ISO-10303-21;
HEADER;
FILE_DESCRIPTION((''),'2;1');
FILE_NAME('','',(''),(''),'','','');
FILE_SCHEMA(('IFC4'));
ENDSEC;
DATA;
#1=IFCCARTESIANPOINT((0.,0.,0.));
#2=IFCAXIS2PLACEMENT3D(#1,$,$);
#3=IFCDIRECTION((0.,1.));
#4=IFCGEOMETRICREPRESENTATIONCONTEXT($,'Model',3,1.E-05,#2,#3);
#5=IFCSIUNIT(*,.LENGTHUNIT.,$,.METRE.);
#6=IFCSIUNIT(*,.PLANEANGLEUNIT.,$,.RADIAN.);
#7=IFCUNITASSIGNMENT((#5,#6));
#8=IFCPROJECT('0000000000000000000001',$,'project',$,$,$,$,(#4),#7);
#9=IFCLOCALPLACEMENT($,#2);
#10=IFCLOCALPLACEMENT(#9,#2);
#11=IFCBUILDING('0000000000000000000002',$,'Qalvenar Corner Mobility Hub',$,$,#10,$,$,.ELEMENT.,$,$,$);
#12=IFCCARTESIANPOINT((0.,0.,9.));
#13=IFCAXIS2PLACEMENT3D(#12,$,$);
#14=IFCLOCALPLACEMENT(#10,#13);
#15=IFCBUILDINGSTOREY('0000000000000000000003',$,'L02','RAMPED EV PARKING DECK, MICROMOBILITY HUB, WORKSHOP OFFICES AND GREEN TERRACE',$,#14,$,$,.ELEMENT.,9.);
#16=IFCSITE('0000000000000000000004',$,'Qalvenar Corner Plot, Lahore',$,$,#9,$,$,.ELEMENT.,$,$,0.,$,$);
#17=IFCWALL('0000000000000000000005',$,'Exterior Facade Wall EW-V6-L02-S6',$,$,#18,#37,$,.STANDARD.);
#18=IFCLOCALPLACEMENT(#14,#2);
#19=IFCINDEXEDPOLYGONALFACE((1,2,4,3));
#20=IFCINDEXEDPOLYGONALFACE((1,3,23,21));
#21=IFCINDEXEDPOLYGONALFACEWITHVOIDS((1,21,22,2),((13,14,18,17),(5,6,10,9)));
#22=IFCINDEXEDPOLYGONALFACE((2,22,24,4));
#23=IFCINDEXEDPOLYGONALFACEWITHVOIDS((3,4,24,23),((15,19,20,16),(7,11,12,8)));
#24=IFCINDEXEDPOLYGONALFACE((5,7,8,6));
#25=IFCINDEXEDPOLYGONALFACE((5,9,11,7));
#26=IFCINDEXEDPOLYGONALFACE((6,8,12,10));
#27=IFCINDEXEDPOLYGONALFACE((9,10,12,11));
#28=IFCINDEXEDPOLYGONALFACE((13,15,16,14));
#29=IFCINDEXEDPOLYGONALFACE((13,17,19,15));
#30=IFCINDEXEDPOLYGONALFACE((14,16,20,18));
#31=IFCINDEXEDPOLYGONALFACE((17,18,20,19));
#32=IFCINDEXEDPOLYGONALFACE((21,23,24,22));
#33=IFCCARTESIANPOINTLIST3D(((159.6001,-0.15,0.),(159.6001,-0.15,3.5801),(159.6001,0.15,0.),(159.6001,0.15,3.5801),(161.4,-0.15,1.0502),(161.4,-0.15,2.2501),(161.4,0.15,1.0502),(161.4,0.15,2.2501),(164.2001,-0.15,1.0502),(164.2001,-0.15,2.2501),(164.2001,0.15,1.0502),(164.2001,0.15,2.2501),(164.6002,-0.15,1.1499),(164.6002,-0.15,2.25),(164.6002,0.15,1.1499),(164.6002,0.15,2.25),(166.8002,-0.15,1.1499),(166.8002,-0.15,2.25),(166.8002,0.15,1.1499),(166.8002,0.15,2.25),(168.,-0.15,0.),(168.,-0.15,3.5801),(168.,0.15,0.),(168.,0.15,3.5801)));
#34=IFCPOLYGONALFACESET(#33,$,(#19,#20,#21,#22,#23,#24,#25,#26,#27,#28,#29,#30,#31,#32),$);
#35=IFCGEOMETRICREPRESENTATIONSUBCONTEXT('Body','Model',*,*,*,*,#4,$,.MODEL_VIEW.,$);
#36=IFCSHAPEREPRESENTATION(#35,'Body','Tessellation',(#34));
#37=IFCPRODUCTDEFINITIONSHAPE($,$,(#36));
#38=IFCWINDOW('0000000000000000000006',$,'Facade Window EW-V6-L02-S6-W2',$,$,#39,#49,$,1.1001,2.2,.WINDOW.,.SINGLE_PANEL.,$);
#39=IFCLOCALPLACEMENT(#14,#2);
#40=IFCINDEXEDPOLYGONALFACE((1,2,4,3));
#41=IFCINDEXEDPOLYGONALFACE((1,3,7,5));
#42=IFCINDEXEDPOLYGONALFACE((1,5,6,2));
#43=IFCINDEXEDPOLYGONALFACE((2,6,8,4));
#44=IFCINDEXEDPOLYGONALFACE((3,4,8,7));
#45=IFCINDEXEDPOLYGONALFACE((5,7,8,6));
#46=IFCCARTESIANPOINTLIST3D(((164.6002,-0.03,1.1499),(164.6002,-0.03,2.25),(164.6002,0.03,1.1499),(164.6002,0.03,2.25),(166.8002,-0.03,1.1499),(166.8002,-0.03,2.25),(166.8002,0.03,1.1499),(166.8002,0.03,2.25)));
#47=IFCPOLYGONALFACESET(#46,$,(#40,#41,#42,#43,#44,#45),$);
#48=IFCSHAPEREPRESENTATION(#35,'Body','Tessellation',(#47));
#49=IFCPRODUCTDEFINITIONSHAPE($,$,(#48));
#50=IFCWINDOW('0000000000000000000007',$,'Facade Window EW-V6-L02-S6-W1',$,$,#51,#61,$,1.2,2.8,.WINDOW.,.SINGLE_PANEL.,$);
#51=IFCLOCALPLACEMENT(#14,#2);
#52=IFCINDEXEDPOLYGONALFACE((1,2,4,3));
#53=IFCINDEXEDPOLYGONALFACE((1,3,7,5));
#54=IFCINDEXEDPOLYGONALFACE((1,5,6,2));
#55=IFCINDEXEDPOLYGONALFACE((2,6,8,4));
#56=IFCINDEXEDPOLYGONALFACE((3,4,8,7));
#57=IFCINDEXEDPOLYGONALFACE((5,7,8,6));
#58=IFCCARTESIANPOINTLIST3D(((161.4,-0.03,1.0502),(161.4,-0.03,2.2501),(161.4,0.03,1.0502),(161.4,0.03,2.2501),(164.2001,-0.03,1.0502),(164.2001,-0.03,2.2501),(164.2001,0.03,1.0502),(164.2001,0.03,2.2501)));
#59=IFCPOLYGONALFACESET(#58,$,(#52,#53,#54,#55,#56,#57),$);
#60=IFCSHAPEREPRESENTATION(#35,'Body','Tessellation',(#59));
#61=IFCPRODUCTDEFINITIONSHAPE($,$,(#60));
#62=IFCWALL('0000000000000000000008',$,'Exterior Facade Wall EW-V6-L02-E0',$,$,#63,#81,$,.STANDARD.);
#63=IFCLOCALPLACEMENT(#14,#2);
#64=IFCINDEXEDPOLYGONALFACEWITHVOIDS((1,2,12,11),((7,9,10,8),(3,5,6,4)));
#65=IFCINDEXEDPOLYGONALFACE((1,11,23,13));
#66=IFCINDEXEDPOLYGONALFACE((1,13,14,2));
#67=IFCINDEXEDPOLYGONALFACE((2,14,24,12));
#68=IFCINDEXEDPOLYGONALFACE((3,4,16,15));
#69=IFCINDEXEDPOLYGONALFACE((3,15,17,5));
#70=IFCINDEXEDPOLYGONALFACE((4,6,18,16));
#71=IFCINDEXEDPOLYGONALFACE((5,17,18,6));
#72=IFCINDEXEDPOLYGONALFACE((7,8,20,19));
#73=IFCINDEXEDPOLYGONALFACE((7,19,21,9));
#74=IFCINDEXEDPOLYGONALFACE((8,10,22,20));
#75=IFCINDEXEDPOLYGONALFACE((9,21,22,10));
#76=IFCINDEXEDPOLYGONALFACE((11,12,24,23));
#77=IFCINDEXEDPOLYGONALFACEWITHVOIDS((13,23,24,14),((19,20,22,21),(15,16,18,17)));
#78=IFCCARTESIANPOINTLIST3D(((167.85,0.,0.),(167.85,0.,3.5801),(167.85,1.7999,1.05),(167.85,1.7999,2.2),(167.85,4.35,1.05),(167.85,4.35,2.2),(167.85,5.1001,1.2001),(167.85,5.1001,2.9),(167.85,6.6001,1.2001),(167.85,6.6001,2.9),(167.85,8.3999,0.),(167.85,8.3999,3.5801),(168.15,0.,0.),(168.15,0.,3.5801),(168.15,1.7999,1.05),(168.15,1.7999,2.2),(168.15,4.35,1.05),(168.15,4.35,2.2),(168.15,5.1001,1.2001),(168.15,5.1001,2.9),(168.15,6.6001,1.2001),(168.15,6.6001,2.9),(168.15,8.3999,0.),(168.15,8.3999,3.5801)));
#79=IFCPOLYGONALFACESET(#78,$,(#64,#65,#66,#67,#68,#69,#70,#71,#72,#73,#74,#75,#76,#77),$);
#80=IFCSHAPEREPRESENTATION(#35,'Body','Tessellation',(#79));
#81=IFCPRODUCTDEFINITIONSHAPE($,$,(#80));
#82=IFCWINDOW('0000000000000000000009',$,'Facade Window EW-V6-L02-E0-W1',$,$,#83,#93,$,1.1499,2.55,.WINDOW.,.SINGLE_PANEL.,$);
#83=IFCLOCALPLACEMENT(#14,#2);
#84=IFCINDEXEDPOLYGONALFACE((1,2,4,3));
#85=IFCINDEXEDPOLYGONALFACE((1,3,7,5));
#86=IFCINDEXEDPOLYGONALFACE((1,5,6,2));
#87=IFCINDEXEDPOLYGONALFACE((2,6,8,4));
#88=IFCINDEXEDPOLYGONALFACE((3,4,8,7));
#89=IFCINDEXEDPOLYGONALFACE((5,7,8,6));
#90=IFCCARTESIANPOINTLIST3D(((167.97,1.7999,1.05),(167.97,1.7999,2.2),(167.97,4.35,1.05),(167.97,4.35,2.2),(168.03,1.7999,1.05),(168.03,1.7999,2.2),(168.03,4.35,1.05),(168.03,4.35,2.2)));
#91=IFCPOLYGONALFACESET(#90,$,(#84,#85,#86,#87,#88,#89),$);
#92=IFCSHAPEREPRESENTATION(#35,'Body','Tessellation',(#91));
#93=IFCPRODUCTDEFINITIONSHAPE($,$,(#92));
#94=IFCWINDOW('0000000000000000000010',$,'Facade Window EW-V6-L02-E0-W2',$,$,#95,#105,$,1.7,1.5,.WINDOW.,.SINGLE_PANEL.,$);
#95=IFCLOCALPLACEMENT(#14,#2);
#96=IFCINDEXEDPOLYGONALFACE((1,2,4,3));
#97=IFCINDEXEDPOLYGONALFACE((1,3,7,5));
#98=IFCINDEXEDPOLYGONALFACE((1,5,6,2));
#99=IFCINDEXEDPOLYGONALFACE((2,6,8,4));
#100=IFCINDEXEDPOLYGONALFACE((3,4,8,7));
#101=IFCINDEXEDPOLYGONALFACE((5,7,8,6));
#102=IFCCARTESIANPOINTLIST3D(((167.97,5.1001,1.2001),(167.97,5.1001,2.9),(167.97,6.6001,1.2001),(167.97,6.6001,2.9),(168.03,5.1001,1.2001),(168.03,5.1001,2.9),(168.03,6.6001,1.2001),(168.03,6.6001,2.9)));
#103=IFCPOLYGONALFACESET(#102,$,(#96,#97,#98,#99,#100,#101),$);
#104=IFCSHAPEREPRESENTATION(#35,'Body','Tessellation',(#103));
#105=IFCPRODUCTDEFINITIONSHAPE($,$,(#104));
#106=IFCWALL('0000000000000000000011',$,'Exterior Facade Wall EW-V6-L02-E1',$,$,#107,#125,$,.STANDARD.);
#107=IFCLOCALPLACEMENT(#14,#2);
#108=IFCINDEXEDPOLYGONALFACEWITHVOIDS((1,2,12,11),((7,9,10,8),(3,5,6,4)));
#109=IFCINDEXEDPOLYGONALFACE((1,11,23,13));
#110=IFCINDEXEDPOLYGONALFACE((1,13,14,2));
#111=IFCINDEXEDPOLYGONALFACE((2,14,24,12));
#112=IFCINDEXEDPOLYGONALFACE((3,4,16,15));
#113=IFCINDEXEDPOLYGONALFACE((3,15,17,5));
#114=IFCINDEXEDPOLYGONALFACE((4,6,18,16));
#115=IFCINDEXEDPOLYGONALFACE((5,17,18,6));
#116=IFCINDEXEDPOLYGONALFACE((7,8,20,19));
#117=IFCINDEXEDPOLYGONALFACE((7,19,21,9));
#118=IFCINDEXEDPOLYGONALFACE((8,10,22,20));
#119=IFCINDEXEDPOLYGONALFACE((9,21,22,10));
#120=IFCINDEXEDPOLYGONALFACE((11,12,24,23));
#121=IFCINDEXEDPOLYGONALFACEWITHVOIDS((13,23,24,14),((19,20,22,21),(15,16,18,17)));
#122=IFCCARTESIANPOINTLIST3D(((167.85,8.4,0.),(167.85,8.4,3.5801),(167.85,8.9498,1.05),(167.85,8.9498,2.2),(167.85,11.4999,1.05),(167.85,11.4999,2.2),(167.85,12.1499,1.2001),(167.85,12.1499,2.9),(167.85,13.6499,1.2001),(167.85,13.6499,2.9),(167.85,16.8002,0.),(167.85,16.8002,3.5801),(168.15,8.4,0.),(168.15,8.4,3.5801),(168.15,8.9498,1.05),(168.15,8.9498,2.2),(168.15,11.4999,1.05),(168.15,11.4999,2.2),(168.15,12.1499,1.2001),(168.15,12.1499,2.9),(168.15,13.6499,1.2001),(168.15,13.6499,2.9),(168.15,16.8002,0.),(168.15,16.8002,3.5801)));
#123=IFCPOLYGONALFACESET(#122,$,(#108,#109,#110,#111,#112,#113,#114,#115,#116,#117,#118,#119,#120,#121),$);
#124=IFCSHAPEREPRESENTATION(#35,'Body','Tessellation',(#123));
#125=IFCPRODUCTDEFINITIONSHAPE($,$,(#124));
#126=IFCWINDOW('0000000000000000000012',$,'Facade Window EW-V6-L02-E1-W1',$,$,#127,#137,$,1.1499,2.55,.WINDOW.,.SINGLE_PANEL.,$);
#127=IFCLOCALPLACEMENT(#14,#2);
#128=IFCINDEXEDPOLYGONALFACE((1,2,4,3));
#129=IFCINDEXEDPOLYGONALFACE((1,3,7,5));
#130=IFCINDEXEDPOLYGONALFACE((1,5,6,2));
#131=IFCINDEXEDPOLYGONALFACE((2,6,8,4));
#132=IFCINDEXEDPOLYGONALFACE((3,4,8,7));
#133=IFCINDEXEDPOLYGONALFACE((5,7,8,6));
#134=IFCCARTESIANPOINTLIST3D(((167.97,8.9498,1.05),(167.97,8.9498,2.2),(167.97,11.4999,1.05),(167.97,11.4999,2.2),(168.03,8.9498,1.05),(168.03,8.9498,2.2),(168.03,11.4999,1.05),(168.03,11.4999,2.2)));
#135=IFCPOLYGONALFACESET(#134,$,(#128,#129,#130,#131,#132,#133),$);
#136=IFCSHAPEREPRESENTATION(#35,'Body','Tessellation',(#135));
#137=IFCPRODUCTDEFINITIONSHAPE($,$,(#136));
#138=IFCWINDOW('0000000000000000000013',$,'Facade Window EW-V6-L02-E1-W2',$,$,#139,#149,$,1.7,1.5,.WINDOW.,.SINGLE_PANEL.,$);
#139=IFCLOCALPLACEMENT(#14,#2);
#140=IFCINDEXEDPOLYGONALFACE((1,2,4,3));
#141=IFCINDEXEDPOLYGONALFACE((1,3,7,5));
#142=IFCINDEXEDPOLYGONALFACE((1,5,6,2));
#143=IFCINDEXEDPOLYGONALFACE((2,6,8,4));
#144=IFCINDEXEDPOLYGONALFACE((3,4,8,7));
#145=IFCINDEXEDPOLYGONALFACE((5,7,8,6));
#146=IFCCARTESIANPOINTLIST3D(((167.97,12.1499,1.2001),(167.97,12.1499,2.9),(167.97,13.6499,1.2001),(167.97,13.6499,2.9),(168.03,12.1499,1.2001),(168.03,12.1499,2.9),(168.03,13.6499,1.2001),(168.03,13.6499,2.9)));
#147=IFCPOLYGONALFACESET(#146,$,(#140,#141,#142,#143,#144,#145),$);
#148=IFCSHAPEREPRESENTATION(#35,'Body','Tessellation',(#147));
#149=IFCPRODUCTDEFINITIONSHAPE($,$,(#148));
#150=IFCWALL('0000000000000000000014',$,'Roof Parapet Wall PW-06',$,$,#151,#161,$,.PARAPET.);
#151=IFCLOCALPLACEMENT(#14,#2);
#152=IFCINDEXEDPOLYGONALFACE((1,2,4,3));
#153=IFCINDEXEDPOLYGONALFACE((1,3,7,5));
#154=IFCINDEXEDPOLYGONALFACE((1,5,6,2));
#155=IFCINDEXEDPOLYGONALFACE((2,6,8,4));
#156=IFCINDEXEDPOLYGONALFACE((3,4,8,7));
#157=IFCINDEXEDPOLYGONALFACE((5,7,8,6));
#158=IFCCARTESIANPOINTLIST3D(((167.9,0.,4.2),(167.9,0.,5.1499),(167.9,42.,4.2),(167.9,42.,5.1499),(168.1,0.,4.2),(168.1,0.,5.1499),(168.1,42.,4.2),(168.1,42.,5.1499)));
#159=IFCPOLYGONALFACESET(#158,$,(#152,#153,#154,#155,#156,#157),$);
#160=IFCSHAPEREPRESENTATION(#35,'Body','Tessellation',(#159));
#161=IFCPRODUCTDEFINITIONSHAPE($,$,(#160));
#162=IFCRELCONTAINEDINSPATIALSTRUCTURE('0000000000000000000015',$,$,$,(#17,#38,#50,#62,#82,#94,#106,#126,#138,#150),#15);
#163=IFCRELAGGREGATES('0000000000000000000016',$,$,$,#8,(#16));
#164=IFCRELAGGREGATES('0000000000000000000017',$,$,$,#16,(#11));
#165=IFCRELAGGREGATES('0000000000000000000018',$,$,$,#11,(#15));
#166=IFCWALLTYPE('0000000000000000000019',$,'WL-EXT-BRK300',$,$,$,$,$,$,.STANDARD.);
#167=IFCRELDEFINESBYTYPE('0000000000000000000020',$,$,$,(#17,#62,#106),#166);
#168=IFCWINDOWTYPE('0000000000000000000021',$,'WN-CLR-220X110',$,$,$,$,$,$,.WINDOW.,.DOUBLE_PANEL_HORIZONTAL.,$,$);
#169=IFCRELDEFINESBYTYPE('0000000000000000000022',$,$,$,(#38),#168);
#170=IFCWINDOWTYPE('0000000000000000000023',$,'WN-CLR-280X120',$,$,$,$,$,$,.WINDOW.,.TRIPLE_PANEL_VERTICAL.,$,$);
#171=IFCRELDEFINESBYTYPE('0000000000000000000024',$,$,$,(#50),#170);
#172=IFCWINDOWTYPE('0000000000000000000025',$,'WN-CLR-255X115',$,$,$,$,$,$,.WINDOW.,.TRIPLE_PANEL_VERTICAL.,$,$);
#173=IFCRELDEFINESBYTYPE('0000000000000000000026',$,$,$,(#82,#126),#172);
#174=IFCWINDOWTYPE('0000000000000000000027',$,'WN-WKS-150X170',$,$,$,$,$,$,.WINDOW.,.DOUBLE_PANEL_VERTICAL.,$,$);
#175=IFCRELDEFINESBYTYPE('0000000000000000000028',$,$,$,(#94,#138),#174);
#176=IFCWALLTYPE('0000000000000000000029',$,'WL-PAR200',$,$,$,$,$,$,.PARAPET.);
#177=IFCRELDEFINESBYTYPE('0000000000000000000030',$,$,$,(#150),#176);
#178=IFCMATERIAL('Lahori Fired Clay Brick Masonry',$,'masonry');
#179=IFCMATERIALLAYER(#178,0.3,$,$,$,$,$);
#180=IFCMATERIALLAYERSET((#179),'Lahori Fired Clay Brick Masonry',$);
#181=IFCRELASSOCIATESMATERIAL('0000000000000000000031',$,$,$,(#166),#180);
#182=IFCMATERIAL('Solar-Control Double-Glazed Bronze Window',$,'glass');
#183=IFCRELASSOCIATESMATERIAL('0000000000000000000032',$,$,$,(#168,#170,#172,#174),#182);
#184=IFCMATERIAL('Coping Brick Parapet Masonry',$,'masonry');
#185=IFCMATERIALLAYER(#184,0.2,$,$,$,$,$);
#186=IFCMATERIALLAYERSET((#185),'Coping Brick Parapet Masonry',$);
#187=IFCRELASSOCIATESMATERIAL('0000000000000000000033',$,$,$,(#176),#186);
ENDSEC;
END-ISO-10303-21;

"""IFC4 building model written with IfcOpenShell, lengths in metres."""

from ifc_helpers import new_model, si_unit, direction, frame, frame_2d, origin, place, context, subcontext, project, spatial, rectangle, extrude, material, layer, layer_set, type_object, element, fill, save


model = new_model("IFC4")

# Units and contexts
model_context = context("Model", 3, precision=1e-05, world=origin(), true_north=direction((0.0, 1.0)))
body_context = subcontext(model_context, "Body", "Model", "MODEL_VIEW")
ifc_project = project(units=[si_unit("LENGTHUNIT", "METRE"), si_unit("PLANEANGLEUNIT", "RADIAN")], contexts=[model_context])

# Site, building, storey
site_placement = place(None, origin())
site = spatial("IfcSite", under=ifc_project, at=site_placement, Name="Qalvenar Corner Plot, Lahore", CompositionType="ELEMENT", RefElevation=0.0)
building_placement = place(site_placement, origin())
building = spatial("IfcBuilding", under=site, at=building_placement, Name="Qalvenar Corner Mobility Hub", CompositionType="ELEMENT")
storey_placement = place(building_placement, frame((0.0, 0.0, 9.0)))
storey = spatial("IfcBuildingStorey", under=building, at=storey_placement, Name="L02", Description="RAMPED EV PARKING DECK, MICROMOBILITY HUB, WORKSHOP OFFICES AND GREEN TERRACE", CompositionType="ELEMENT", Elevation=9.0)

# Walls, openings, windows
ifc_material_1 = material(Name="Lahori Fired Clay Brick Masonry", Category="masonry")
ifc_layer_1 = layer(ifc_material_1, 0.3)
ifc_layer_set_1 = layer_set([ifc_layer_1], Name="Lahori Fired Clay Brick Masonry")
wall_type_1 = type_object("IfcWallType", Name="WL-EXT-BRK300", PredefinedType="STANDARD", material=ifc_layer_set_1)
wall_1_placement = place(storey_placement, frame((159.6001, 0.0, 0.0), z_axis=(0.0, 0.0, 1.0), x_axis=(1.0, 0.0, 0.0)))
wall_1 = element("IfcWall", 1, at=wall_1_placement, inside=storey, type_object=wall_type_1, Name="Exterior Facade Wall EW-V6-L02-S6", PredefinedType="STANDARD", context=body_context, shape_type="SweptSolid", body=[
    extrude(rectangle(XDim=8.3999, YDim=0.3, at=frame_2d((4.2, 0.0))), origin(), (0.0, 0.0, 1.0), 3.5801),
])
opening_1_placement = place(wall_1_placement, frame((1.8, 0.0, 1.05)))
opening_1 = element("IfcOpeningElement", 2, at=opening_1_placement, cuts=wall_1, PredefinedType="OPENING", context=body_context, shape_type="SweptSolid", body=[
    extrude(rectangle(XDim=2.8, YDim=1.2, at=frame_2d((1.3999, 0.6001))), frame((0.0, 0.1602, 0.0), z_axis=(0.0, -1.0, 0.0), x_axis=(1.0, 0.0, 0.0)), (0.0, 0.0, 1.0), 0.3201),
])
opening_2_placement = place(wall_1_placement, frame((5.0, 0.0, 1.1499)))
opening_2 = element("IfcOpeningElement", 3, at=opening_2_placement, cuts=wall_1, PredefinedType="OPENING", context=body_context, shape_type="SweptSolid", body=[
    extrude(rectangle(XDim=2.2, YDim=1.1001, at=frame_2d((1.1001, 0.55))), frame((0.0, 0.1602, 0.0), z_axis=(0.0, -1.0, 0.0), x_axis=(1.0, 0.0, 0.0)), (0.0, 0.0, 1.0), 0.3201),
])
ifc_material_2 = material(Name="Solar-Control Double-Glazed Bronze Window", Category="glass")
window_type_1 = type_object("IfcWindowType", Name="WN-CLR-220X110", PartitioningType="DOUBLE_PANEL_HORIZONTAL", PredefinedType="WINDOW", material=ifc_material_2)
window_1_placement = place(opening_2_placement, origin())
window_1 = element("IfcWindow", 4, at=window_1_placement, inside=storey, type_object=window_type_1, Name="Facade Window EW-V6-L02-S6-W2", OverallHeight=1.1001, OverallWidth=2.2, PartitioningType="SINGLE_PANEL", PredefinedType="WINDOW", context=body_context, shape_type="SweptSolid", body=[
    extrude(rectangle(XDim=2.2, YDim=1.1001, at=frame_2d((1.1001, 0.55))), frame((0.0, 0.03, 0.0), z_axis=(0.0, -1.0, 0.0), x_axis=(1.0, 0.0, 0.0)), (0.0, 0.0, 1.0), 0.0601),
])
fill(opening_2, window_1)
window_type_2 = type_object("IfcWindowType", Name="WN-CLR-280X120", PartitioningType="TRIPLE_PANEL_VERTICAL", PredefinedType="WINDOW", material=ifc_material_2)
window_2_placement = place(opening_1_placement, origin())
window_2 = element("IfcWindow", 5, at=window_2_placement, inside=storey, type_object=window_type_2, Name="Facade Window EW-V6-L02-S6-W1", OverallHeight=1.2, OverallWidth=2.8, PartitioningType="SINGLE_PANEL", PredefinedType="WINDOW", context=body_context, shape_type="SweptSolid", body=[
    extrude(rectangle(XDim=2.8, YDim=1.2, at=frame_2d((1.3999, 0.6001))), frame((0.0, 0.03, 0.0), z_axis=(0.0, -1.0, 0.0), x_axis=(1.0, 0.0, 0.0)), (0.0, 0.0, 1.0), 0.0601),
])
fill(opening_1, window_2)
wall_2_placement = place(storey_placement, frame((168.0, 0.0, 0.0), z_axis=(0.0, 0.0, 1.0), x_axis=(0.0, 1.0, 0.0)))
wall_2 = element("IfcWall", 6, at=wall_2_placement, inside=storey, type_object=wall_type_1, Name="Exterior Facade Wall EW-V6-L02-E0", PredefinedType="STANDARD", context=body_context, shape_type="SweptSolid", body=[
    extrude(rectangle(XDim=8.3999, YDim=0.3, at=frame_2d((4.2, 0.0))), origin(), (0.0, 0.0, 1.0), 3.5801),
])
opening_3_placement = place(wall_2_placement, frame((1.8, 0.0, 1.05)))
opening_3 = element("IfcOpeningElement", 7, at=opening_3_placement, cuts=wall_2, PredefinedType="OPENING", context=body_context, shape_type="SweptSolid", body=[
    extrude(rectangle(XDim=2.55, YDim=1.1499, at=frame_2d((1.2749, 0.575))), frame((0.0, 0.1602, 0.0), z_axis=(0.0, -1.0, 0.0), x_axis=(1.0, 0.0, 0.0)), (0.0, 0.0, 1.0), 0.3201),
])
opening_4_placement = place(wall_2_placement, frame((5.1001, 0.0, 1.2)))
opening_4 = element("IfcOpeningElement", 8, at=opening_4_placement, cuts=wall_2, PredefinedType="OPENING", context=body_context, shape_type="SweptSolid", body=[
    extrude(rectangle(XDim=1.5, YDim=1.7, at=frame_2d((0.75, 0.8501))), frame((0.0, 0.1602, 0.0), z_axis=(0.0, -1.0, 0.0), x_axis=(1.0, 0.0, 0.0)), (0.0, 0.0, 1.0), 0.3201),
])
window_type_3 = type_object("IfcWindowType", Name="WN-CLR-255X115", PartitioningType="TRIPLE_PANEL_VERTICAL", PredefinedType="WINDOW", material=ifc_material_2)
window_3_placement = place(opening_3_placement, origin())
window_3 = element("IfcWindow", 9, at=window_3_placement, inside=storey, type_object=window_type_3, Name="Facade Window EW-V6-L02-E0-W1", OverallHeight=1.1499, OverallWidth=2.55, PartitioningType="SINGLE_PANEL", PredefinedType="WINDOW", context=body_context, shape_type="SweptSolid", body=[
    extrude(rectangle(XDim=2.55, YDim=1.1499, at=frame_2d((1.2749, 0.575))), frame((0.0, 0.03, 0.0), z_axis=(0.0, -1.0, 0.0), x_axis=(1.0, 0.0, 0.0)), (0.0, 0.0, 1.0), 0.0601),
])
fill(opening_3, window_3)
window_type_4 = type_object("IfcWindowType", Name="WN-WKS-150X170", PartitioningType="DOUBLE_PANEL_VERTICAL", PredefinedType="WINDOW", material=ifc_material_2)
window_4_placement = place(opening_4_placement, origin())
window_4 = element("IfcWindow", 10, at=window_4_placement, inside=storey, type_object=window_type_4, Name="Facade Window EW-V6-L02-E0-W2", OverallHeight=1.7, OverallWidth=1.5, PartitioningType="SINGLE_PANEL", PredefinedType="WINDOW", context=body_context, shape_type="SweptSolid", body=[
    extrude(rectangle(XDim=1.5, YDim=1.7, at=frame_2d((0.75, 0.8501))), frame((0.0, 0.03, 0.0), z_axis=(0.0, -1.0, 0.0), x_axis=(1.0, 0.0, 0.0)), (0.0, 0.0, 1.0), 0.0601),
])
fill(opening_4, window_4)
wall_3_placement = place(storey_placement, frame((168.0, 8.3999, 0.0), z_axis=(0.0, 0.0, 1.0), x_axis=(0.0, 1.0, 0.0)))
wall_3 = element("IfcWall", 11, at=wall_3_placement, inside=storey, type_object=wall_type_1, Name="Exterior Facade Wall EW-V6-L02-E1", PredefinedType="STANDARD", context=body_context, shape_type="SweptSolid", body=[
    extrude(rectangle(XDim=8.4001, YDim=0.3, at=frame_2d((4.2002, 0.0))), origin(), (0.0, 0.0, 1.0), 3.5801),
])
opening_5_placement = place(wall_3_placement, frame((0.55, 0.0, 1.05)))
opening_5 = element("IfcOpeningElement", 12, at=opening_5_placement, cuts=wall_3, PredefinedType="OPENING", context=body_context, shape_type="SweptSolid", body=[
    extrude(rectangle(XDim=2.55, YDim=1.1499, at=frame_2d((1.2749, 0.575))), frame((0.0, 0.1602, 0.0), z_axis=(0.0, -1.0, 0.0), x_axis=(1.0, 0.0, 0.0)), (0.0, 0.0, 1.0), 0.3201),
])
opening_6_placement = place(wall_3_placement, frame((3.75, 0.0, 1.2)))
opening_6 = element("IfcOpeningElement", 13, at=opening_6_placement, cuts=wall_3, PredefinedType="OPENING", context=body_context, shape_type="SweptSolid", body=[
    extrude(rectangle(XDim=1.5, YDim=1.7, at=frame_2d((0.75, 0.8501))), frame((0.0, 0.1602, 0.0), z_axis=(0.0, -1.0, 0.0), x_axis=(1.0, 0.0, 0.0)), (0.0, 0.0, 1.0), 0.3201),
])
window_5_placement = place(opening_5_placement, origin())
window_5 = element("IfcWindow", 14, at=window_5_placement, inside=storey, type_object=window_type_3, Name="Facade Window EW-V6-L02-E1-W1", OverallHeight=1.1499, OverallWidth=2.55, PartitioningType="SINGLE_PANEL", PredefinedType="WINDOW", context=body_context, shape_type="SweptSolid", body=[
    extrude(rectangle(XDim=2.55, YDim=1.1499, at=frame_2d((1.2749, 0.575))), frame((0.0, 0.03, 0.0), z_axis=(0.0, -1.0, 0.0), x_axis=(1.0, 0.0, 0.0)), (0.0, 0.0, 1.0), 0.0601),
])
fill(opening_5, window_5)
window_6_placement = place(opening_6_placement, origin())
window_6 = element("IfcWindow", 15, at=window_6_placement, inside=storey, type_object=window_type_4, Name="Facade Window EW-V6-L02-E1-W2", OverallHeight=1.7, OverallWidth=1.5, PartitioningType="SINGLE_PANEL", PredefinedType="WINDOW", context=body_context, shape_type="SweptSolid", body=[
    extrude(rectangle(XDim=1.5, YDim=1.7, at=frame_2d((0.75, 0.8501))), frame((0.0, 0.03, 0.0), z_axis=(0.0, -1.0, 0.0), x_axis=(1.0, 0.0, 0.0)), (0.0, 0.0, 1.0), 0.0601),
])
fill(opening_6, window_6)

# Wall
ifc_material_3 = material(Name="Coping Brick Parapet Masonry", Category="masonry")
ifc_layer_2 = layer(ifc_material_3, 0.2)
ifc_layer_set_2 = layer_set([ifc_layer_2], Name="Coping Brick Parapet Masonry")
wall_type_2 = type_object("IfcWallType", Name="WL-PAR200", PredefinedType="PARAPET", material=ifc_layer_set_2)
wall_4_placement = place(storey_placement, frame((168.0, 0.0, 4.2), z_axis=(0.0, 0.0, 1.0), x_axis=(0.0, 1.0, 0.0)))
element("IfcWall", 16, at=wall_4_placement, inside=storey, type_object=wall_type_2, Name="Roof Parapet Wall PW-06", PredefinedType="PARAPET", context=body_context, shape_type="SweptSolid", body=[
    extrude(rectangle(XDim=42.0, YDim=0.2, at=frame_2d((21.0, 0.0))), origin(), (0.0, 0.0, 1.0), 0.95),
])

save(model, "model.ifc")
